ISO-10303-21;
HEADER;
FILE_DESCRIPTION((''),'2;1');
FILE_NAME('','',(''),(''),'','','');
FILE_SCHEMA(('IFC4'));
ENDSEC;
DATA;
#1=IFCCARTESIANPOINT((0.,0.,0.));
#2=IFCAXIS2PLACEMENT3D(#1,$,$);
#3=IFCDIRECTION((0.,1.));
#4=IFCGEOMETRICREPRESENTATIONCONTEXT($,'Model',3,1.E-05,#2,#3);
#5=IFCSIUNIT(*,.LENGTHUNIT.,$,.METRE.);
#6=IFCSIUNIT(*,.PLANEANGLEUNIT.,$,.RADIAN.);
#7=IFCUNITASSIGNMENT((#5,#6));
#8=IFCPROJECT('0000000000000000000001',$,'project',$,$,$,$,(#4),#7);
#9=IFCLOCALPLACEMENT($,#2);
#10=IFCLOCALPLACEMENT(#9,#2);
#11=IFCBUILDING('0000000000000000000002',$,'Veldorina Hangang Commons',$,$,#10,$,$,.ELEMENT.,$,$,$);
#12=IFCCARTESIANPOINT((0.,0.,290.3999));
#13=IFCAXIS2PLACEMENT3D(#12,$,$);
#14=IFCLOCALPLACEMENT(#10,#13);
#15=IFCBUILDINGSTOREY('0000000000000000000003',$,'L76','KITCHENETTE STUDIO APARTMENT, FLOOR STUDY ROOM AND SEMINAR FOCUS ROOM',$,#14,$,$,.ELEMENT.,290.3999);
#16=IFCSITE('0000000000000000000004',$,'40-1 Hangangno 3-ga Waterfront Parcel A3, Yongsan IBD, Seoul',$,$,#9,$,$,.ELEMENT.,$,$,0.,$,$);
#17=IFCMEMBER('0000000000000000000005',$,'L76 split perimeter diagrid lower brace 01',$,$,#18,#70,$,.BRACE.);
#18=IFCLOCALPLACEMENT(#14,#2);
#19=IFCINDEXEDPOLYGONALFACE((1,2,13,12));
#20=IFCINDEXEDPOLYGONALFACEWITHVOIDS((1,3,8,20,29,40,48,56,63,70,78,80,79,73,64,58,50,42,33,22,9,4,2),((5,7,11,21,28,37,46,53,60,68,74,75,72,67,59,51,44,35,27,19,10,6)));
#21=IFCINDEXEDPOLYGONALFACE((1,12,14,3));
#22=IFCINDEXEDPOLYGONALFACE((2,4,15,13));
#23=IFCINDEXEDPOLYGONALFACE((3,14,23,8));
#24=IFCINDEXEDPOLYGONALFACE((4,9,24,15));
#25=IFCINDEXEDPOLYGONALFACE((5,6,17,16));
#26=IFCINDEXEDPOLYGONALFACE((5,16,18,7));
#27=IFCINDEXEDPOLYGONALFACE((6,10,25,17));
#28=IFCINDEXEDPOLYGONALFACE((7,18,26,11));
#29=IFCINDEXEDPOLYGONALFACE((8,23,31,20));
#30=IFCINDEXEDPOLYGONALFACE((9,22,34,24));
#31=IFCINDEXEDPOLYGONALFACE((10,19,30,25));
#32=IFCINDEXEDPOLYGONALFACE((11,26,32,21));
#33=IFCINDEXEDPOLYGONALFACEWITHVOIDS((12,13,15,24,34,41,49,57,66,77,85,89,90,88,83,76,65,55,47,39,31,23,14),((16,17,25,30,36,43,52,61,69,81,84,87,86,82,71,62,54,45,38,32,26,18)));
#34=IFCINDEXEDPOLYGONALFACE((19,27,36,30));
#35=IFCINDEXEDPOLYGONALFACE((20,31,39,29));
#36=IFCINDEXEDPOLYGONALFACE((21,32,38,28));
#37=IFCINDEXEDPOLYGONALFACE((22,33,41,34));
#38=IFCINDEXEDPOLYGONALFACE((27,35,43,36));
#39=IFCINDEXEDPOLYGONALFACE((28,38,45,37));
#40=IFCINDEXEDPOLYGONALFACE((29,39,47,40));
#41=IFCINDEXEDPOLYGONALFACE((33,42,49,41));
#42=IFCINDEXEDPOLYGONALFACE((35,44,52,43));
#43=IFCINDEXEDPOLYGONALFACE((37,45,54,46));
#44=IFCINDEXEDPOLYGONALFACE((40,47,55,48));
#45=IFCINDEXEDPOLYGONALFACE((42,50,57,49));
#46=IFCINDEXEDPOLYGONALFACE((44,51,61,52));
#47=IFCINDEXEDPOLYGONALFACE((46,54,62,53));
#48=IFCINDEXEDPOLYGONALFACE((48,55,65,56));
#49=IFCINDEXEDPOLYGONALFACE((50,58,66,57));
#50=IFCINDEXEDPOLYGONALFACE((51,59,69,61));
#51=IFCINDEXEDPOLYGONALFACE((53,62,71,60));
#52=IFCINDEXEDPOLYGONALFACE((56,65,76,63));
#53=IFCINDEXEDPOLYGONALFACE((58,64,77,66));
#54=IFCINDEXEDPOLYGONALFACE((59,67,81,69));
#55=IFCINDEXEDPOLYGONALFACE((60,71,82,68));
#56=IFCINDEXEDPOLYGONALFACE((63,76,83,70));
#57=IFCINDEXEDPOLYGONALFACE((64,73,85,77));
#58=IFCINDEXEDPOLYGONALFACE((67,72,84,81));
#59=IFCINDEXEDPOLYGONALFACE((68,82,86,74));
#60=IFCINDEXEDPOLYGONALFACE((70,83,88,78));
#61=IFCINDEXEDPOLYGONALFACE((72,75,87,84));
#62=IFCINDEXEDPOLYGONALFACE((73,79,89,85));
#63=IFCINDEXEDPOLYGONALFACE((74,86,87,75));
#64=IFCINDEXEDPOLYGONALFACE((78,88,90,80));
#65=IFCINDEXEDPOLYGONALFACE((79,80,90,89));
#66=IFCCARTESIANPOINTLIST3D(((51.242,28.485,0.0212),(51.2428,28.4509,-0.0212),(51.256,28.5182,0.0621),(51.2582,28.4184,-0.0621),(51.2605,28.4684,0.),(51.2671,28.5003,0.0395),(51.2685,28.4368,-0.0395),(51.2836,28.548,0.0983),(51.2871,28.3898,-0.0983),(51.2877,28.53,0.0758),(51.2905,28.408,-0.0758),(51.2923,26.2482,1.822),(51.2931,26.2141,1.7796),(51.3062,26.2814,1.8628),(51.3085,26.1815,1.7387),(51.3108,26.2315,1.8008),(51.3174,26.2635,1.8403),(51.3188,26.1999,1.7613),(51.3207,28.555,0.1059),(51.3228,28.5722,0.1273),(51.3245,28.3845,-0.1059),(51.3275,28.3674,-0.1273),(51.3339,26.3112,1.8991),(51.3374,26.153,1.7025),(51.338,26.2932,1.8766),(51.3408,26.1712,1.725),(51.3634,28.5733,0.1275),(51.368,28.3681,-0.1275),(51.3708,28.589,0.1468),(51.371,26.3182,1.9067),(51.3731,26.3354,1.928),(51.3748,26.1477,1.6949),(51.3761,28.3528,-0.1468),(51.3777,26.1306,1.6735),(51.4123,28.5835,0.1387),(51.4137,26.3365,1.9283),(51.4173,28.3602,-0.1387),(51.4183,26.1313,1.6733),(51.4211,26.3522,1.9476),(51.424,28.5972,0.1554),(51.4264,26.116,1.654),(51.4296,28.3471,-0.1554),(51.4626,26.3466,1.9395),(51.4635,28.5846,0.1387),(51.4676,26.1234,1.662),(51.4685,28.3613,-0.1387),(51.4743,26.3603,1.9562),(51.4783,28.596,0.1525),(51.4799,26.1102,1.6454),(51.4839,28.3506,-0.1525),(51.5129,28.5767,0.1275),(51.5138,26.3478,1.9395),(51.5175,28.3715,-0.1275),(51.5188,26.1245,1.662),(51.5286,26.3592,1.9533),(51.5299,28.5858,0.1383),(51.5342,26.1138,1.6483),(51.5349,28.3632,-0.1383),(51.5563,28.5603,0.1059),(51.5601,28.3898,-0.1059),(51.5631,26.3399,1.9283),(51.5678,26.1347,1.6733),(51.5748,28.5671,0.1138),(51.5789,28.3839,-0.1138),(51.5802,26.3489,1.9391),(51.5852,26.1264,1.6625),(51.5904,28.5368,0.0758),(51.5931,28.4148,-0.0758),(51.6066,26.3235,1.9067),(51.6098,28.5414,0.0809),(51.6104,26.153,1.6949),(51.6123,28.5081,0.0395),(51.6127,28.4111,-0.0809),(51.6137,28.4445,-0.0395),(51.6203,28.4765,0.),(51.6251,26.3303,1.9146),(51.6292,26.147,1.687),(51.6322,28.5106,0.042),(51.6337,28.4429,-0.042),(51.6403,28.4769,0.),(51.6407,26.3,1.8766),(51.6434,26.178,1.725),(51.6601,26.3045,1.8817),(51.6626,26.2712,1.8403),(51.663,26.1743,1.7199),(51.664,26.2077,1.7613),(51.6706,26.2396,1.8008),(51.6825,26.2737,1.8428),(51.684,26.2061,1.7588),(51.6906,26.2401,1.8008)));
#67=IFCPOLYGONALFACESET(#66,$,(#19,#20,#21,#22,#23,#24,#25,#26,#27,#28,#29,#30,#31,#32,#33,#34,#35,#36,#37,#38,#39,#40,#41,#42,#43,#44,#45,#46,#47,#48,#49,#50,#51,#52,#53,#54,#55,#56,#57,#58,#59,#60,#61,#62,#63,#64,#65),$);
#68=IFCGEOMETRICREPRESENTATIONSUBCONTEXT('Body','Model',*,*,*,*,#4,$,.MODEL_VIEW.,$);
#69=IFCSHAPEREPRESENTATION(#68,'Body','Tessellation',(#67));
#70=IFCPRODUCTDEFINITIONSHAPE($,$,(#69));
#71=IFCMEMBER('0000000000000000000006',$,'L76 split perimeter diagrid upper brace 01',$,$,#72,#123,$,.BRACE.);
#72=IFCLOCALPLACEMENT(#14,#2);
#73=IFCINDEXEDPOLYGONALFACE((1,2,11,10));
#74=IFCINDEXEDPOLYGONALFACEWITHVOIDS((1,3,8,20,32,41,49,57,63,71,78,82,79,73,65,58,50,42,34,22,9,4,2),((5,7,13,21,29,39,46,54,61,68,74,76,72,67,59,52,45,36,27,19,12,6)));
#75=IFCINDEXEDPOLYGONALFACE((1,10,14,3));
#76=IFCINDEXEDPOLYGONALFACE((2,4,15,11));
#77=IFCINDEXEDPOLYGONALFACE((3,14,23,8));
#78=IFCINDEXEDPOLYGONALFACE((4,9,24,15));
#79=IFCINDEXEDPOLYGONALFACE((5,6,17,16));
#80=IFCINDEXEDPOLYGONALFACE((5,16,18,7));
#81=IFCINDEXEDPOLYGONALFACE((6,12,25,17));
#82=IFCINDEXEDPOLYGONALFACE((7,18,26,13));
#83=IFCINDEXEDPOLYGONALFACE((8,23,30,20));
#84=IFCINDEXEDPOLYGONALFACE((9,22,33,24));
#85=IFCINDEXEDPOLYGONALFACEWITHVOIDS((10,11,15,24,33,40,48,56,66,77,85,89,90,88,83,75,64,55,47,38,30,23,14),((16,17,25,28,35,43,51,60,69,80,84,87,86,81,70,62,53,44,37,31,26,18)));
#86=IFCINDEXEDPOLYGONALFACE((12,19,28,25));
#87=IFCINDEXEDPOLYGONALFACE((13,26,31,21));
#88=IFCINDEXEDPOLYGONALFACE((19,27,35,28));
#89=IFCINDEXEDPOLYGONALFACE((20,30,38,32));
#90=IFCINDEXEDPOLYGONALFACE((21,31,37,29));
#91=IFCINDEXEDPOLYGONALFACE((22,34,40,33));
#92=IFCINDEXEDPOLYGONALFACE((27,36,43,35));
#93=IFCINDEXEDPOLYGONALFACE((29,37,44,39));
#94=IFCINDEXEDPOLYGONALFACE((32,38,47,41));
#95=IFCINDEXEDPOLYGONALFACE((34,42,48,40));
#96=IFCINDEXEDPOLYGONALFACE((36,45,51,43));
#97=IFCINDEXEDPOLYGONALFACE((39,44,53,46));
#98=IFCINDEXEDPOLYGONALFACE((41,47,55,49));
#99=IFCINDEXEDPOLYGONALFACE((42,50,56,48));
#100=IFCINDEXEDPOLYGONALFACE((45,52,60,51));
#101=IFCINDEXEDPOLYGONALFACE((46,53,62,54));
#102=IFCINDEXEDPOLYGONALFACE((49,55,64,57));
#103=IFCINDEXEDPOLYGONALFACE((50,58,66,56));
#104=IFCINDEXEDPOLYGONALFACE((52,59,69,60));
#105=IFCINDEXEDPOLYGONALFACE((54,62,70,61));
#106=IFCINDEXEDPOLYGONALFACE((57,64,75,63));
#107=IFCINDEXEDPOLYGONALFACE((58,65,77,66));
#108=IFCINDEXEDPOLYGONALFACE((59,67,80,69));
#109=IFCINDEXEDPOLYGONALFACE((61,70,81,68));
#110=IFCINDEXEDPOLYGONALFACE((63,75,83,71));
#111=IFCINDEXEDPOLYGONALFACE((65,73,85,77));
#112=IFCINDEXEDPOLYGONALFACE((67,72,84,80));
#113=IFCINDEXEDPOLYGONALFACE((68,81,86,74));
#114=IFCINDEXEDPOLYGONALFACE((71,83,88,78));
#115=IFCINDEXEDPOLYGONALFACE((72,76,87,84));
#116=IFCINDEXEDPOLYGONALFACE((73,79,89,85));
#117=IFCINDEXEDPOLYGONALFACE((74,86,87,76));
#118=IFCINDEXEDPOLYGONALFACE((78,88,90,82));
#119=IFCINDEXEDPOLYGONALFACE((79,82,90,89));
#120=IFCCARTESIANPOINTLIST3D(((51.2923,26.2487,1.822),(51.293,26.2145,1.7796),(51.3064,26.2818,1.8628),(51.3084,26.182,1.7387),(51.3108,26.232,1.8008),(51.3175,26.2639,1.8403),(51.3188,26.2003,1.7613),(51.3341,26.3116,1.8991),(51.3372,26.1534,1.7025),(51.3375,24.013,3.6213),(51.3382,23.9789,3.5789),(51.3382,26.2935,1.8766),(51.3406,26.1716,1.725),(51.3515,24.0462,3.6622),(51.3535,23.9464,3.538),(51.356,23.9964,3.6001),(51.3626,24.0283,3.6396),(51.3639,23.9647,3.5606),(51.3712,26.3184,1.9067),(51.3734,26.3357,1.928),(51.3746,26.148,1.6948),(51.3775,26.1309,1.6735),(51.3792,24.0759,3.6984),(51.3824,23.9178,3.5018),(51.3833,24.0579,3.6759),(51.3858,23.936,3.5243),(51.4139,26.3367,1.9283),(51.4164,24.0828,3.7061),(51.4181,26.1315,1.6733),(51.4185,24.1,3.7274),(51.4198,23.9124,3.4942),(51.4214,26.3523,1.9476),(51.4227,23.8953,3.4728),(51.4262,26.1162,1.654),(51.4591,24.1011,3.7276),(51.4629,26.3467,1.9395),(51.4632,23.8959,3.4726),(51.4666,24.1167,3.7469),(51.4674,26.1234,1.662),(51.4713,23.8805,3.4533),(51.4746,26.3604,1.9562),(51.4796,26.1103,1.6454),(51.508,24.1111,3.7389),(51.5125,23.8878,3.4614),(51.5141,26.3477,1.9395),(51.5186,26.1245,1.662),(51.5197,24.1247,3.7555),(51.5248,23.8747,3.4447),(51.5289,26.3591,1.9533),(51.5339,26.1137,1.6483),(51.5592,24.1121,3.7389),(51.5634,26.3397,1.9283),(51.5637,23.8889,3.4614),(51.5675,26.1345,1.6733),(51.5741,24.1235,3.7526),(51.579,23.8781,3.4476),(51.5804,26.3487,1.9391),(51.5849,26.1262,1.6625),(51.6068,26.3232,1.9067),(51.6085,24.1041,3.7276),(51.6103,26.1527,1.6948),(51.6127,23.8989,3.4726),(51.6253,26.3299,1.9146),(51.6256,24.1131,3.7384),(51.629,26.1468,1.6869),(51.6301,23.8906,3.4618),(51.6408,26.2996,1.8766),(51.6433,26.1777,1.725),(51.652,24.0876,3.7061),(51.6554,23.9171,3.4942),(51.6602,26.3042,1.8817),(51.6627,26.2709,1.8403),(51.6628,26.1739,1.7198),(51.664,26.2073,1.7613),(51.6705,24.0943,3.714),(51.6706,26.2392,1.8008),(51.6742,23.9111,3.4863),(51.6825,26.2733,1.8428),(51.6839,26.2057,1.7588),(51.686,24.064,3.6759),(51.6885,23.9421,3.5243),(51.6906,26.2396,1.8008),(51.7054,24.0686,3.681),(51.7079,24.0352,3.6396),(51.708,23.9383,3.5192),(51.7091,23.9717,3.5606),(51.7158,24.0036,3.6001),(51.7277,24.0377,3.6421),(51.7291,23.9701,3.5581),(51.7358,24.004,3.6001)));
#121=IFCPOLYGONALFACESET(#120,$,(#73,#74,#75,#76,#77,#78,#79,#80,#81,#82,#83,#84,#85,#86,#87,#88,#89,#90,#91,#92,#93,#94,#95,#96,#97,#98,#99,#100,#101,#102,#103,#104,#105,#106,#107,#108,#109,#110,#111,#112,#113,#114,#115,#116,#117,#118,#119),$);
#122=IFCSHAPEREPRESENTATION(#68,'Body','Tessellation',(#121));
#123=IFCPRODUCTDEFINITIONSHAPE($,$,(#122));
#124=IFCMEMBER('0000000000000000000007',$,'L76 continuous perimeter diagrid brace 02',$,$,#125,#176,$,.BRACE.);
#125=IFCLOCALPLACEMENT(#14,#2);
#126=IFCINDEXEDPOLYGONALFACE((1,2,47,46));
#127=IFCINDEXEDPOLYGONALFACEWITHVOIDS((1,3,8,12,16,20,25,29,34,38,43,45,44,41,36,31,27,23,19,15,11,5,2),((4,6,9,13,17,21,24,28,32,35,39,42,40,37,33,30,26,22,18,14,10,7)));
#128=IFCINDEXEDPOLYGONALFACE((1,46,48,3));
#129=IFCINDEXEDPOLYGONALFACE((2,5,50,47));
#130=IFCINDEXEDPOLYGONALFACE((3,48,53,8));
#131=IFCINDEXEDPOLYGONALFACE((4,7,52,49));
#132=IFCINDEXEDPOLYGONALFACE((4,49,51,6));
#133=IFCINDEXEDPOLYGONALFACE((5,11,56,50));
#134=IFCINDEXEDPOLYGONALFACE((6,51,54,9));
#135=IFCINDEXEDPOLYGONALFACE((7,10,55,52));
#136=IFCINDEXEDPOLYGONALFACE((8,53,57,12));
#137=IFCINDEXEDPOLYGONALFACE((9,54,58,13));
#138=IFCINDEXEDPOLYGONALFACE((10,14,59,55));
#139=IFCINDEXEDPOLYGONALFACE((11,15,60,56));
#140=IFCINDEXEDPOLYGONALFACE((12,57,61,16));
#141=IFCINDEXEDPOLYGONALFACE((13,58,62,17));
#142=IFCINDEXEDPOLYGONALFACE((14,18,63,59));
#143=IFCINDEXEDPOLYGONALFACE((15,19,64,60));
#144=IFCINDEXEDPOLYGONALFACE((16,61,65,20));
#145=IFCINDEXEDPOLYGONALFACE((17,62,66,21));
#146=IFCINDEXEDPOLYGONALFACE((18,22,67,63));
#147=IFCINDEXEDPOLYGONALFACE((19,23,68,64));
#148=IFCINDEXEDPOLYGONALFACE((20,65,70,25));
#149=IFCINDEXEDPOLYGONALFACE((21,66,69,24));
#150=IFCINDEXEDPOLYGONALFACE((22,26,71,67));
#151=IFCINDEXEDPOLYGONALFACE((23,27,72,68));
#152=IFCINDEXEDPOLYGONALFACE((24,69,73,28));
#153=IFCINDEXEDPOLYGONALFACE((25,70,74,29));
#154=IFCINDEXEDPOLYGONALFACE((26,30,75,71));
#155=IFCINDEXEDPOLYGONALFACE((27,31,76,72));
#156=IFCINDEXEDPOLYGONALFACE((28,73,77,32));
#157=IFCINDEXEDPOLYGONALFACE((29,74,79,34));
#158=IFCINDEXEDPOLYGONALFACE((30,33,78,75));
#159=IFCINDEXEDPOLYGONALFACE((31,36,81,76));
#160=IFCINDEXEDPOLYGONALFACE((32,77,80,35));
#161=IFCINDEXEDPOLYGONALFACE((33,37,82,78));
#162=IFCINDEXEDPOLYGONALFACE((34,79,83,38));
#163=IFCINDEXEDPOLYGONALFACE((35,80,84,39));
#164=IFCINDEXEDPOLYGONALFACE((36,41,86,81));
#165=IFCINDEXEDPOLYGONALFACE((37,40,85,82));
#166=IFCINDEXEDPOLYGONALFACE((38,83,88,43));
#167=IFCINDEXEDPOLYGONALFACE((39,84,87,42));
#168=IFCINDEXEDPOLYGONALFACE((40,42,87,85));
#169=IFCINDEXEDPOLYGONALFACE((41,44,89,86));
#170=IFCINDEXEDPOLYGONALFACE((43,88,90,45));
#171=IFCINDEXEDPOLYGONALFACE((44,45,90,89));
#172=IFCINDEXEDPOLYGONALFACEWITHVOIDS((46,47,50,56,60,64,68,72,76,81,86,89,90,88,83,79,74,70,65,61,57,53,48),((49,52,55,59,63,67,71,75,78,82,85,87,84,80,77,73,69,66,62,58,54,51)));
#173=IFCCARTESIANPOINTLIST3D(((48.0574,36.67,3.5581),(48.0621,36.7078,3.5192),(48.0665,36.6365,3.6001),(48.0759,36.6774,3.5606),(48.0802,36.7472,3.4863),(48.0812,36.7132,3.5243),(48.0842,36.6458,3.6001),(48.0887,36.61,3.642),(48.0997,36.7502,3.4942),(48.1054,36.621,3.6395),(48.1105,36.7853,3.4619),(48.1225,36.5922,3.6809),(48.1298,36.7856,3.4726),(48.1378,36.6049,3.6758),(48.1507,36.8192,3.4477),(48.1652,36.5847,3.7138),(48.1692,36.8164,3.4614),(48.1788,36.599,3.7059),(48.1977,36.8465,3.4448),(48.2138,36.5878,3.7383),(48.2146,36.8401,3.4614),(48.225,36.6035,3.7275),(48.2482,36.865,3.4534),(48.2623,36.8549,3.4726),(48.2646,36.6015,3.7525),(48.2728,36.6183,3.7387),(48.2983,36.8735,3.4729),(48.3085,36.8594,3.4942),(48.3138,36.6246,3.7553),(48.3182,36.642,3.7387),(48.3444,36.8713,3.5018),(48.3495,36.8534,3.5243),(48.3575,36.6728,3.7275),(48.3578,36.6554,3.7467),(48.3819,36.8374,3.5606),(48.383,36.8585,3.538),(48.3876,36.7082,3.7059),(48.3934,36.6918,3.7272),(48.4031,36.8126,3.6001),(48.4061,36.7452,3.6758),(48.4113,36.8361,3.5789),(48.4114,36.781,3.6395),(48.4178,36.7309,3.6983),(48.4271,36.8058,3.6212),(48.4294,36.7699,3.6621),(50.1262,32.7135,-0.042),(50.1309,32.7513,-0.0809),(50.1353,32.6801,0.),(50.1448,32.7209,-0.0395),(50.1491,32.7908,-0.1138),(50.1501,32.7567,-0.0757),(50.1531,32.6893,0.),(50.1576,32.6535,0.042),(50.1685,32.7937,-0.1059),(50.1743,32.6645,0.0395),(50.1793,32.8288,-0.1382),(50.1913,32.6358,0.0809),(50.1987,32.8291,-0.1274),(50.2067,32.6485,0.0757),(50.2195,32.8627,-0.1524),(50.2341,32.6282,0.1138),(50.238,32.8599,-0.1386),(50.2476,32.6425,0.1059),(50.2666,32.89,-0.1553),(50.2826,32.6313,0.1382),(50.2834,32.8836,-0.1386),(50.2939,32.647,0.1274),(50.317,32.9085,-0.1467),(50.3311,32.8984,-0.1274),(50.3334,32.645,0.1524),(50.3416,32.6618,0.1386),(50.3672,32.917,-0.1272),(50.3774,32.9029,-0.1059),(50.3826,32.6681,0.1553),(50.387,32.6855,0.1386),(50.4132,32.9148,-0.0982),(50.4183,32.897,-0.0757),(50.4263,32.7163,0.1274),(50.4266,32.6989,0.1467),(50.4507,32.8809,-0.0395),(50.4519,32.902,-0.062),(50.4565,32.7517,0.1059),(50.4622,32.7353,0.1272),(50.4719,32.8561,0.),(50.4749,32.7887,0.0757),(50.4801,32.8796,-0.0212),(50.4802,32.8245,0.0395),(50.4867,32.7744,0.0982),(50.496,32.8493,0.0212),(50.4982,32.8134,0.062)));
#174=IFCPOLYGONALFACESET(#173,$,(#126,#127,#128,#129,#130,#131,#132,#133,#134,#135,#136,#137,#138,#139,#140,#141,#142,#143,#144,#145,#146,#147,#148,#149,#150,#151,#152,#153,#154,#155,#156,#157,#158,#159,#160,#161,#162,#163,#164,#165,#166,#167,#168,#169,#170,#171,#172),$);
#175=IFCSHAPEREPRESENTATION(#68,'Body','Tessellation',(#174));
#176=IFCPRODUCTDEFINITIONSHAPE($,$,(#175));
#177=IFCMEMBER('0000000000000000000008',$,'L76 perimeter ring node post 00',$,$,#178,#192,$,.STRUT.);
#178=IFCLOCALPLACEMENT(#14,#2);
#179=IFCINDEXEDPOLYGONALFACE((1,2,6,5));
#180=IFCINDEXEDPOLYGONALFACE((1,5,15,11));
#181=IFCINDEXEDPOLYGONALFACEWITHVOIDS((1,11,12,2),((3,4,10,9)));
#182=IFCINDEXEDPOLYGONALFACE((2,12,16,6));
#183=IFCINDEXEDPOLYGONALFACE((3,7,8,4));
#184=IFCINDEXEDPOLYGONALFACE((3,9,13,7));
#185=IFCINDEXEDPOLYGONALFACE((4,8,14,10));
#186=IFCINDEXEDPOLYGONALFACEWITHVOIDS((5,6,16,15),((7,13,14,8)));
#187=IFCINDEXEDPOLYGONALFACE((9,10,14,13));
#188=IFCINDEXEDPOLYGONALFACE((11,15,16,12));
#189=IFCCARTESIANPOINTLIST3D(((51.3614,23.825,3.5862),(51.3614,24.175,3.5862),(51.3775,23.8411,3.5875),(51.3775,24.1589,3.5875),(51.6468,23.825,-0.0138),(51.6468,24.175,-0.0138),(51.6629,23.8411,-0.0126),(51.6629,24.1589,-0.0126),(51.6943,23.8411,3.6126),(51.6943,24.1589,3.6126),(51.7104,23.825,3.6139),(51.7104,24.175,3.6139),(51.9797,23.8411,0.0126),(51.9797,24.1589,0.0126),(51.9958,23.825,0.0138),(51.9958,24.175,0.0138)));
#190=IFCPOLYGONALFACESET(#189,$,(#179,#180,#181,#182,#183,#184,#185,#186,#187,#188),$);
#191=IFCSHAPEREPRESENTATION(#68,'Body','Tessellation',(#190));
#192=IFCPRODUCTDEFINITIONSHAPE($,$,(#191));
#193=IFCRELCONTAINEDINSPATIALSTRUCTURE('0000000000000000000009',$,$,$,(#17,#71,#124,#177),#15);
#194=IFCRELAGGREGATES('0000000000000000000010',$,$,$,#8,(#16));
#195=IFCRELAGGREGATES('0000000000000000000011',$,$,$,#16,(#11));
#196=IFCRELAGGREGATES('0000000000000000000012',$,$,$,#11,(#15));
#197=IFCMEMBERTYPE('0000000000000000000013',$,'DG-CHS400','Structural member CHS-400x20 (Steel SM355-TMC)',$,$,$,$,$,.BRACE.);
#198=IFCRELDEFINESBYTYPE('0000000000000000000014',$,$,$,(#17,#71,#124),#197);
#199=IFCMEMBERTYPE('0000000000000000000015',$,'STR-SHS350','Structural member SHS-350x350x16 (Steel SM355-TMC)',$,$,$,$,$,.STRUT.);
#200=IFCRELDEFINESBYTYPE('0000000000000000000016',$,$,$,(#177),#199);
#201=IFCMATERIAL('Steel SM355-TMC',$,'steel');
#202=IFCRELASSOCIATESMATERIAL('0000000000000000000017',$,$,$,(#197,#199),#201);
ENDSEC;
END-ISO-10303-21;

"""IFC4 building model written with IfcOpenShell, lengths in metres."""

from ifc_helpers import new_model, si_unit, direction, frame, origin, origin_2d, place, context, subcontext, project, spatial, hollow_rectangle, hollow_circle, extrude, material, material_profile, profile_set, type_object, element, save


model = new_model("IFC4")

# Units and contexts
model_context = context("Model", 3, precision=1e-05, world=origin(), true_north=direction((0.0, 1.0)))
body_context = subcontext(model_context, "Body", "Model", "MODEL_VIEW")
ifc_project = project(units=[si_unit("LENGTHUNIT", "METRE"), si_unit("PLANEANGLEUNIT", "RADIAN")], contexts=[model_context])

# Site, building, storey
site_placement = place(None, origin())
site = spatial("IfcSite", under=ifc_project, at=site_placement, Name="40-1 Hangangno 3-ga Waterfront Parcel A3, Yongsan IBD, Seoul", CompositionType="ELEMENT", RefElevation=0.0)
building_placement = place(site_placement, origin())
building = spatial("IfcBuilding", under=site, at=building_placement, Name="Veldorina Hangang Commons", CompositionType="ELEMENT")
storey_placement = place(building_placement, frame((0.0, 0.0, 290.3999)))
storey = spatial("IfcBuildingStorey", under=building, at=storey_placement, Name="L76", Description="KITCHENETTE STUDIO APARTMENT, FLOOR STUDY ROOM AND SEMINAR FOCUS ROOM", CompositionType="ELEMENT", Elevation=290.3999)

# Shared definitions
ifc_material_1 = material(Name="Steel SM355-TMC", Category="steel")

# Members
ifc_material_profile_1 = material_profile(ifc_material_1, hollow_circle(Radius=0.2, WallThickness=0.02, at=origin_2d()), Name="CHS-400x20")
ifc_profile_set_1 = profile_set([ifc_material_profile_1], Name="Steel SM355-TMC")
member_type_1 = type_object("IfcMemberType", Name="DG-CHS400", Description="Structural member CHS-400x20 (Steel SM355-TMC)", PredefinedType="BRACE", material=ifc_profile_set_1)
member_1_placement = place(storey_placement, frame((51.4404, 28.4724, 0.0), z_axis=(0.017511, -0.778821, 0.627001), x_axis=(0.999747, 0.022478, 0.0)))
element("IfcMember", 1, at=member_1_placement, inside=storey, type_object=member_type_1, Name="L76 split perimeter diagrid lower brace 01", PredefinedType="BRACE", context=body_context, shape_type="SweptSolid", body=[
    extrude(hollow_circle(Radius=0.2, WallThickness=0.02, at=origin_2d()), origin(), (0.0, 0.0, 1.0), 2.8721),
])
member_2_placement = place(storey_placement, frame((51.4907, 26.2356, 1.8008), z_axis=(0.015737, -0.778926, 0.626918), x_axis=(0.999796, 0.020199, 0.0)))
element("IfcMember", 2, at=member_2_placement, inside=storey, type_object=member_type_1, Name="L76 split perimeter diagrid upper brace 01", PredefinedType="BRACE", context=body_context, shape_type="SweptSolid", body=[
    extrude(hollow_circle(Radius=0.2, WallThickness=0.02, at=origin_2d()), origin(), (0.0, 0.0, 1.0), 2.8701),
])
member_3_placement = place(storey_placement, frame((50.3125, 32.7727, 0.0), z_axis=(-0.360714, 0.689843, 0.627695), x_axis=(-0.886165, -0.463369, 0.0)))
element("IfcMember", 3, at=member_3_placement, inside=storey, type_object=member_type_1, Name="L76 continuous perimeter diagrid brace 02", PredefinedType="BRACE", context=body_context, shape_type="SweptSolid", body=[
    extrude(hollow_circle(Radius=0.2, WallThickness=0.02, at=origin_2d()), origin(), (0.0, 0.0, 1.0), 5.7354),
])
ifc_material_profile_2 = material_profile(ifc_material_1, hollow_rectangle(XDim=0.3501, YDim=0.3501, WallThickness=0.0161, at=origin_2d()), Name="SHS-350x350x16")
ifc_profile_set_2 = profile_set([ifc_material_profile_2], Name="Steel SM355-TMC")
member_type_2 = type_object("IfcMemberType", Name="STR-SHS350", Description="Structural member SHS-350x350x16 (Steel SM355-TMC)", PredefinedType="STRUT", material=ifc_profile_set_2)
member_4_placement = place(storey_placement, frame((51.8213, 24.0, 0.0), z_axis=(-0.079028, 0.0, 0.996872), x_axis=(0.0, -1.0, 0.0)))
element("IfcMember", 4, at=member_4_placement, inside=storey, type_object=member_type_2, Name="L76 perimeter ring node post 00", PredefinedType="STRUT", context=body_context, shape_type="SweptSolid", body=[
    extrude(hollow_rectangle(XDim=0.3501, YDim=0.3501, WallThickness=0.0161, at=origin_2d()), origin(), (0.0, 0.0, 1.0), 3.6113),
])

save(model, "model.ifc")
